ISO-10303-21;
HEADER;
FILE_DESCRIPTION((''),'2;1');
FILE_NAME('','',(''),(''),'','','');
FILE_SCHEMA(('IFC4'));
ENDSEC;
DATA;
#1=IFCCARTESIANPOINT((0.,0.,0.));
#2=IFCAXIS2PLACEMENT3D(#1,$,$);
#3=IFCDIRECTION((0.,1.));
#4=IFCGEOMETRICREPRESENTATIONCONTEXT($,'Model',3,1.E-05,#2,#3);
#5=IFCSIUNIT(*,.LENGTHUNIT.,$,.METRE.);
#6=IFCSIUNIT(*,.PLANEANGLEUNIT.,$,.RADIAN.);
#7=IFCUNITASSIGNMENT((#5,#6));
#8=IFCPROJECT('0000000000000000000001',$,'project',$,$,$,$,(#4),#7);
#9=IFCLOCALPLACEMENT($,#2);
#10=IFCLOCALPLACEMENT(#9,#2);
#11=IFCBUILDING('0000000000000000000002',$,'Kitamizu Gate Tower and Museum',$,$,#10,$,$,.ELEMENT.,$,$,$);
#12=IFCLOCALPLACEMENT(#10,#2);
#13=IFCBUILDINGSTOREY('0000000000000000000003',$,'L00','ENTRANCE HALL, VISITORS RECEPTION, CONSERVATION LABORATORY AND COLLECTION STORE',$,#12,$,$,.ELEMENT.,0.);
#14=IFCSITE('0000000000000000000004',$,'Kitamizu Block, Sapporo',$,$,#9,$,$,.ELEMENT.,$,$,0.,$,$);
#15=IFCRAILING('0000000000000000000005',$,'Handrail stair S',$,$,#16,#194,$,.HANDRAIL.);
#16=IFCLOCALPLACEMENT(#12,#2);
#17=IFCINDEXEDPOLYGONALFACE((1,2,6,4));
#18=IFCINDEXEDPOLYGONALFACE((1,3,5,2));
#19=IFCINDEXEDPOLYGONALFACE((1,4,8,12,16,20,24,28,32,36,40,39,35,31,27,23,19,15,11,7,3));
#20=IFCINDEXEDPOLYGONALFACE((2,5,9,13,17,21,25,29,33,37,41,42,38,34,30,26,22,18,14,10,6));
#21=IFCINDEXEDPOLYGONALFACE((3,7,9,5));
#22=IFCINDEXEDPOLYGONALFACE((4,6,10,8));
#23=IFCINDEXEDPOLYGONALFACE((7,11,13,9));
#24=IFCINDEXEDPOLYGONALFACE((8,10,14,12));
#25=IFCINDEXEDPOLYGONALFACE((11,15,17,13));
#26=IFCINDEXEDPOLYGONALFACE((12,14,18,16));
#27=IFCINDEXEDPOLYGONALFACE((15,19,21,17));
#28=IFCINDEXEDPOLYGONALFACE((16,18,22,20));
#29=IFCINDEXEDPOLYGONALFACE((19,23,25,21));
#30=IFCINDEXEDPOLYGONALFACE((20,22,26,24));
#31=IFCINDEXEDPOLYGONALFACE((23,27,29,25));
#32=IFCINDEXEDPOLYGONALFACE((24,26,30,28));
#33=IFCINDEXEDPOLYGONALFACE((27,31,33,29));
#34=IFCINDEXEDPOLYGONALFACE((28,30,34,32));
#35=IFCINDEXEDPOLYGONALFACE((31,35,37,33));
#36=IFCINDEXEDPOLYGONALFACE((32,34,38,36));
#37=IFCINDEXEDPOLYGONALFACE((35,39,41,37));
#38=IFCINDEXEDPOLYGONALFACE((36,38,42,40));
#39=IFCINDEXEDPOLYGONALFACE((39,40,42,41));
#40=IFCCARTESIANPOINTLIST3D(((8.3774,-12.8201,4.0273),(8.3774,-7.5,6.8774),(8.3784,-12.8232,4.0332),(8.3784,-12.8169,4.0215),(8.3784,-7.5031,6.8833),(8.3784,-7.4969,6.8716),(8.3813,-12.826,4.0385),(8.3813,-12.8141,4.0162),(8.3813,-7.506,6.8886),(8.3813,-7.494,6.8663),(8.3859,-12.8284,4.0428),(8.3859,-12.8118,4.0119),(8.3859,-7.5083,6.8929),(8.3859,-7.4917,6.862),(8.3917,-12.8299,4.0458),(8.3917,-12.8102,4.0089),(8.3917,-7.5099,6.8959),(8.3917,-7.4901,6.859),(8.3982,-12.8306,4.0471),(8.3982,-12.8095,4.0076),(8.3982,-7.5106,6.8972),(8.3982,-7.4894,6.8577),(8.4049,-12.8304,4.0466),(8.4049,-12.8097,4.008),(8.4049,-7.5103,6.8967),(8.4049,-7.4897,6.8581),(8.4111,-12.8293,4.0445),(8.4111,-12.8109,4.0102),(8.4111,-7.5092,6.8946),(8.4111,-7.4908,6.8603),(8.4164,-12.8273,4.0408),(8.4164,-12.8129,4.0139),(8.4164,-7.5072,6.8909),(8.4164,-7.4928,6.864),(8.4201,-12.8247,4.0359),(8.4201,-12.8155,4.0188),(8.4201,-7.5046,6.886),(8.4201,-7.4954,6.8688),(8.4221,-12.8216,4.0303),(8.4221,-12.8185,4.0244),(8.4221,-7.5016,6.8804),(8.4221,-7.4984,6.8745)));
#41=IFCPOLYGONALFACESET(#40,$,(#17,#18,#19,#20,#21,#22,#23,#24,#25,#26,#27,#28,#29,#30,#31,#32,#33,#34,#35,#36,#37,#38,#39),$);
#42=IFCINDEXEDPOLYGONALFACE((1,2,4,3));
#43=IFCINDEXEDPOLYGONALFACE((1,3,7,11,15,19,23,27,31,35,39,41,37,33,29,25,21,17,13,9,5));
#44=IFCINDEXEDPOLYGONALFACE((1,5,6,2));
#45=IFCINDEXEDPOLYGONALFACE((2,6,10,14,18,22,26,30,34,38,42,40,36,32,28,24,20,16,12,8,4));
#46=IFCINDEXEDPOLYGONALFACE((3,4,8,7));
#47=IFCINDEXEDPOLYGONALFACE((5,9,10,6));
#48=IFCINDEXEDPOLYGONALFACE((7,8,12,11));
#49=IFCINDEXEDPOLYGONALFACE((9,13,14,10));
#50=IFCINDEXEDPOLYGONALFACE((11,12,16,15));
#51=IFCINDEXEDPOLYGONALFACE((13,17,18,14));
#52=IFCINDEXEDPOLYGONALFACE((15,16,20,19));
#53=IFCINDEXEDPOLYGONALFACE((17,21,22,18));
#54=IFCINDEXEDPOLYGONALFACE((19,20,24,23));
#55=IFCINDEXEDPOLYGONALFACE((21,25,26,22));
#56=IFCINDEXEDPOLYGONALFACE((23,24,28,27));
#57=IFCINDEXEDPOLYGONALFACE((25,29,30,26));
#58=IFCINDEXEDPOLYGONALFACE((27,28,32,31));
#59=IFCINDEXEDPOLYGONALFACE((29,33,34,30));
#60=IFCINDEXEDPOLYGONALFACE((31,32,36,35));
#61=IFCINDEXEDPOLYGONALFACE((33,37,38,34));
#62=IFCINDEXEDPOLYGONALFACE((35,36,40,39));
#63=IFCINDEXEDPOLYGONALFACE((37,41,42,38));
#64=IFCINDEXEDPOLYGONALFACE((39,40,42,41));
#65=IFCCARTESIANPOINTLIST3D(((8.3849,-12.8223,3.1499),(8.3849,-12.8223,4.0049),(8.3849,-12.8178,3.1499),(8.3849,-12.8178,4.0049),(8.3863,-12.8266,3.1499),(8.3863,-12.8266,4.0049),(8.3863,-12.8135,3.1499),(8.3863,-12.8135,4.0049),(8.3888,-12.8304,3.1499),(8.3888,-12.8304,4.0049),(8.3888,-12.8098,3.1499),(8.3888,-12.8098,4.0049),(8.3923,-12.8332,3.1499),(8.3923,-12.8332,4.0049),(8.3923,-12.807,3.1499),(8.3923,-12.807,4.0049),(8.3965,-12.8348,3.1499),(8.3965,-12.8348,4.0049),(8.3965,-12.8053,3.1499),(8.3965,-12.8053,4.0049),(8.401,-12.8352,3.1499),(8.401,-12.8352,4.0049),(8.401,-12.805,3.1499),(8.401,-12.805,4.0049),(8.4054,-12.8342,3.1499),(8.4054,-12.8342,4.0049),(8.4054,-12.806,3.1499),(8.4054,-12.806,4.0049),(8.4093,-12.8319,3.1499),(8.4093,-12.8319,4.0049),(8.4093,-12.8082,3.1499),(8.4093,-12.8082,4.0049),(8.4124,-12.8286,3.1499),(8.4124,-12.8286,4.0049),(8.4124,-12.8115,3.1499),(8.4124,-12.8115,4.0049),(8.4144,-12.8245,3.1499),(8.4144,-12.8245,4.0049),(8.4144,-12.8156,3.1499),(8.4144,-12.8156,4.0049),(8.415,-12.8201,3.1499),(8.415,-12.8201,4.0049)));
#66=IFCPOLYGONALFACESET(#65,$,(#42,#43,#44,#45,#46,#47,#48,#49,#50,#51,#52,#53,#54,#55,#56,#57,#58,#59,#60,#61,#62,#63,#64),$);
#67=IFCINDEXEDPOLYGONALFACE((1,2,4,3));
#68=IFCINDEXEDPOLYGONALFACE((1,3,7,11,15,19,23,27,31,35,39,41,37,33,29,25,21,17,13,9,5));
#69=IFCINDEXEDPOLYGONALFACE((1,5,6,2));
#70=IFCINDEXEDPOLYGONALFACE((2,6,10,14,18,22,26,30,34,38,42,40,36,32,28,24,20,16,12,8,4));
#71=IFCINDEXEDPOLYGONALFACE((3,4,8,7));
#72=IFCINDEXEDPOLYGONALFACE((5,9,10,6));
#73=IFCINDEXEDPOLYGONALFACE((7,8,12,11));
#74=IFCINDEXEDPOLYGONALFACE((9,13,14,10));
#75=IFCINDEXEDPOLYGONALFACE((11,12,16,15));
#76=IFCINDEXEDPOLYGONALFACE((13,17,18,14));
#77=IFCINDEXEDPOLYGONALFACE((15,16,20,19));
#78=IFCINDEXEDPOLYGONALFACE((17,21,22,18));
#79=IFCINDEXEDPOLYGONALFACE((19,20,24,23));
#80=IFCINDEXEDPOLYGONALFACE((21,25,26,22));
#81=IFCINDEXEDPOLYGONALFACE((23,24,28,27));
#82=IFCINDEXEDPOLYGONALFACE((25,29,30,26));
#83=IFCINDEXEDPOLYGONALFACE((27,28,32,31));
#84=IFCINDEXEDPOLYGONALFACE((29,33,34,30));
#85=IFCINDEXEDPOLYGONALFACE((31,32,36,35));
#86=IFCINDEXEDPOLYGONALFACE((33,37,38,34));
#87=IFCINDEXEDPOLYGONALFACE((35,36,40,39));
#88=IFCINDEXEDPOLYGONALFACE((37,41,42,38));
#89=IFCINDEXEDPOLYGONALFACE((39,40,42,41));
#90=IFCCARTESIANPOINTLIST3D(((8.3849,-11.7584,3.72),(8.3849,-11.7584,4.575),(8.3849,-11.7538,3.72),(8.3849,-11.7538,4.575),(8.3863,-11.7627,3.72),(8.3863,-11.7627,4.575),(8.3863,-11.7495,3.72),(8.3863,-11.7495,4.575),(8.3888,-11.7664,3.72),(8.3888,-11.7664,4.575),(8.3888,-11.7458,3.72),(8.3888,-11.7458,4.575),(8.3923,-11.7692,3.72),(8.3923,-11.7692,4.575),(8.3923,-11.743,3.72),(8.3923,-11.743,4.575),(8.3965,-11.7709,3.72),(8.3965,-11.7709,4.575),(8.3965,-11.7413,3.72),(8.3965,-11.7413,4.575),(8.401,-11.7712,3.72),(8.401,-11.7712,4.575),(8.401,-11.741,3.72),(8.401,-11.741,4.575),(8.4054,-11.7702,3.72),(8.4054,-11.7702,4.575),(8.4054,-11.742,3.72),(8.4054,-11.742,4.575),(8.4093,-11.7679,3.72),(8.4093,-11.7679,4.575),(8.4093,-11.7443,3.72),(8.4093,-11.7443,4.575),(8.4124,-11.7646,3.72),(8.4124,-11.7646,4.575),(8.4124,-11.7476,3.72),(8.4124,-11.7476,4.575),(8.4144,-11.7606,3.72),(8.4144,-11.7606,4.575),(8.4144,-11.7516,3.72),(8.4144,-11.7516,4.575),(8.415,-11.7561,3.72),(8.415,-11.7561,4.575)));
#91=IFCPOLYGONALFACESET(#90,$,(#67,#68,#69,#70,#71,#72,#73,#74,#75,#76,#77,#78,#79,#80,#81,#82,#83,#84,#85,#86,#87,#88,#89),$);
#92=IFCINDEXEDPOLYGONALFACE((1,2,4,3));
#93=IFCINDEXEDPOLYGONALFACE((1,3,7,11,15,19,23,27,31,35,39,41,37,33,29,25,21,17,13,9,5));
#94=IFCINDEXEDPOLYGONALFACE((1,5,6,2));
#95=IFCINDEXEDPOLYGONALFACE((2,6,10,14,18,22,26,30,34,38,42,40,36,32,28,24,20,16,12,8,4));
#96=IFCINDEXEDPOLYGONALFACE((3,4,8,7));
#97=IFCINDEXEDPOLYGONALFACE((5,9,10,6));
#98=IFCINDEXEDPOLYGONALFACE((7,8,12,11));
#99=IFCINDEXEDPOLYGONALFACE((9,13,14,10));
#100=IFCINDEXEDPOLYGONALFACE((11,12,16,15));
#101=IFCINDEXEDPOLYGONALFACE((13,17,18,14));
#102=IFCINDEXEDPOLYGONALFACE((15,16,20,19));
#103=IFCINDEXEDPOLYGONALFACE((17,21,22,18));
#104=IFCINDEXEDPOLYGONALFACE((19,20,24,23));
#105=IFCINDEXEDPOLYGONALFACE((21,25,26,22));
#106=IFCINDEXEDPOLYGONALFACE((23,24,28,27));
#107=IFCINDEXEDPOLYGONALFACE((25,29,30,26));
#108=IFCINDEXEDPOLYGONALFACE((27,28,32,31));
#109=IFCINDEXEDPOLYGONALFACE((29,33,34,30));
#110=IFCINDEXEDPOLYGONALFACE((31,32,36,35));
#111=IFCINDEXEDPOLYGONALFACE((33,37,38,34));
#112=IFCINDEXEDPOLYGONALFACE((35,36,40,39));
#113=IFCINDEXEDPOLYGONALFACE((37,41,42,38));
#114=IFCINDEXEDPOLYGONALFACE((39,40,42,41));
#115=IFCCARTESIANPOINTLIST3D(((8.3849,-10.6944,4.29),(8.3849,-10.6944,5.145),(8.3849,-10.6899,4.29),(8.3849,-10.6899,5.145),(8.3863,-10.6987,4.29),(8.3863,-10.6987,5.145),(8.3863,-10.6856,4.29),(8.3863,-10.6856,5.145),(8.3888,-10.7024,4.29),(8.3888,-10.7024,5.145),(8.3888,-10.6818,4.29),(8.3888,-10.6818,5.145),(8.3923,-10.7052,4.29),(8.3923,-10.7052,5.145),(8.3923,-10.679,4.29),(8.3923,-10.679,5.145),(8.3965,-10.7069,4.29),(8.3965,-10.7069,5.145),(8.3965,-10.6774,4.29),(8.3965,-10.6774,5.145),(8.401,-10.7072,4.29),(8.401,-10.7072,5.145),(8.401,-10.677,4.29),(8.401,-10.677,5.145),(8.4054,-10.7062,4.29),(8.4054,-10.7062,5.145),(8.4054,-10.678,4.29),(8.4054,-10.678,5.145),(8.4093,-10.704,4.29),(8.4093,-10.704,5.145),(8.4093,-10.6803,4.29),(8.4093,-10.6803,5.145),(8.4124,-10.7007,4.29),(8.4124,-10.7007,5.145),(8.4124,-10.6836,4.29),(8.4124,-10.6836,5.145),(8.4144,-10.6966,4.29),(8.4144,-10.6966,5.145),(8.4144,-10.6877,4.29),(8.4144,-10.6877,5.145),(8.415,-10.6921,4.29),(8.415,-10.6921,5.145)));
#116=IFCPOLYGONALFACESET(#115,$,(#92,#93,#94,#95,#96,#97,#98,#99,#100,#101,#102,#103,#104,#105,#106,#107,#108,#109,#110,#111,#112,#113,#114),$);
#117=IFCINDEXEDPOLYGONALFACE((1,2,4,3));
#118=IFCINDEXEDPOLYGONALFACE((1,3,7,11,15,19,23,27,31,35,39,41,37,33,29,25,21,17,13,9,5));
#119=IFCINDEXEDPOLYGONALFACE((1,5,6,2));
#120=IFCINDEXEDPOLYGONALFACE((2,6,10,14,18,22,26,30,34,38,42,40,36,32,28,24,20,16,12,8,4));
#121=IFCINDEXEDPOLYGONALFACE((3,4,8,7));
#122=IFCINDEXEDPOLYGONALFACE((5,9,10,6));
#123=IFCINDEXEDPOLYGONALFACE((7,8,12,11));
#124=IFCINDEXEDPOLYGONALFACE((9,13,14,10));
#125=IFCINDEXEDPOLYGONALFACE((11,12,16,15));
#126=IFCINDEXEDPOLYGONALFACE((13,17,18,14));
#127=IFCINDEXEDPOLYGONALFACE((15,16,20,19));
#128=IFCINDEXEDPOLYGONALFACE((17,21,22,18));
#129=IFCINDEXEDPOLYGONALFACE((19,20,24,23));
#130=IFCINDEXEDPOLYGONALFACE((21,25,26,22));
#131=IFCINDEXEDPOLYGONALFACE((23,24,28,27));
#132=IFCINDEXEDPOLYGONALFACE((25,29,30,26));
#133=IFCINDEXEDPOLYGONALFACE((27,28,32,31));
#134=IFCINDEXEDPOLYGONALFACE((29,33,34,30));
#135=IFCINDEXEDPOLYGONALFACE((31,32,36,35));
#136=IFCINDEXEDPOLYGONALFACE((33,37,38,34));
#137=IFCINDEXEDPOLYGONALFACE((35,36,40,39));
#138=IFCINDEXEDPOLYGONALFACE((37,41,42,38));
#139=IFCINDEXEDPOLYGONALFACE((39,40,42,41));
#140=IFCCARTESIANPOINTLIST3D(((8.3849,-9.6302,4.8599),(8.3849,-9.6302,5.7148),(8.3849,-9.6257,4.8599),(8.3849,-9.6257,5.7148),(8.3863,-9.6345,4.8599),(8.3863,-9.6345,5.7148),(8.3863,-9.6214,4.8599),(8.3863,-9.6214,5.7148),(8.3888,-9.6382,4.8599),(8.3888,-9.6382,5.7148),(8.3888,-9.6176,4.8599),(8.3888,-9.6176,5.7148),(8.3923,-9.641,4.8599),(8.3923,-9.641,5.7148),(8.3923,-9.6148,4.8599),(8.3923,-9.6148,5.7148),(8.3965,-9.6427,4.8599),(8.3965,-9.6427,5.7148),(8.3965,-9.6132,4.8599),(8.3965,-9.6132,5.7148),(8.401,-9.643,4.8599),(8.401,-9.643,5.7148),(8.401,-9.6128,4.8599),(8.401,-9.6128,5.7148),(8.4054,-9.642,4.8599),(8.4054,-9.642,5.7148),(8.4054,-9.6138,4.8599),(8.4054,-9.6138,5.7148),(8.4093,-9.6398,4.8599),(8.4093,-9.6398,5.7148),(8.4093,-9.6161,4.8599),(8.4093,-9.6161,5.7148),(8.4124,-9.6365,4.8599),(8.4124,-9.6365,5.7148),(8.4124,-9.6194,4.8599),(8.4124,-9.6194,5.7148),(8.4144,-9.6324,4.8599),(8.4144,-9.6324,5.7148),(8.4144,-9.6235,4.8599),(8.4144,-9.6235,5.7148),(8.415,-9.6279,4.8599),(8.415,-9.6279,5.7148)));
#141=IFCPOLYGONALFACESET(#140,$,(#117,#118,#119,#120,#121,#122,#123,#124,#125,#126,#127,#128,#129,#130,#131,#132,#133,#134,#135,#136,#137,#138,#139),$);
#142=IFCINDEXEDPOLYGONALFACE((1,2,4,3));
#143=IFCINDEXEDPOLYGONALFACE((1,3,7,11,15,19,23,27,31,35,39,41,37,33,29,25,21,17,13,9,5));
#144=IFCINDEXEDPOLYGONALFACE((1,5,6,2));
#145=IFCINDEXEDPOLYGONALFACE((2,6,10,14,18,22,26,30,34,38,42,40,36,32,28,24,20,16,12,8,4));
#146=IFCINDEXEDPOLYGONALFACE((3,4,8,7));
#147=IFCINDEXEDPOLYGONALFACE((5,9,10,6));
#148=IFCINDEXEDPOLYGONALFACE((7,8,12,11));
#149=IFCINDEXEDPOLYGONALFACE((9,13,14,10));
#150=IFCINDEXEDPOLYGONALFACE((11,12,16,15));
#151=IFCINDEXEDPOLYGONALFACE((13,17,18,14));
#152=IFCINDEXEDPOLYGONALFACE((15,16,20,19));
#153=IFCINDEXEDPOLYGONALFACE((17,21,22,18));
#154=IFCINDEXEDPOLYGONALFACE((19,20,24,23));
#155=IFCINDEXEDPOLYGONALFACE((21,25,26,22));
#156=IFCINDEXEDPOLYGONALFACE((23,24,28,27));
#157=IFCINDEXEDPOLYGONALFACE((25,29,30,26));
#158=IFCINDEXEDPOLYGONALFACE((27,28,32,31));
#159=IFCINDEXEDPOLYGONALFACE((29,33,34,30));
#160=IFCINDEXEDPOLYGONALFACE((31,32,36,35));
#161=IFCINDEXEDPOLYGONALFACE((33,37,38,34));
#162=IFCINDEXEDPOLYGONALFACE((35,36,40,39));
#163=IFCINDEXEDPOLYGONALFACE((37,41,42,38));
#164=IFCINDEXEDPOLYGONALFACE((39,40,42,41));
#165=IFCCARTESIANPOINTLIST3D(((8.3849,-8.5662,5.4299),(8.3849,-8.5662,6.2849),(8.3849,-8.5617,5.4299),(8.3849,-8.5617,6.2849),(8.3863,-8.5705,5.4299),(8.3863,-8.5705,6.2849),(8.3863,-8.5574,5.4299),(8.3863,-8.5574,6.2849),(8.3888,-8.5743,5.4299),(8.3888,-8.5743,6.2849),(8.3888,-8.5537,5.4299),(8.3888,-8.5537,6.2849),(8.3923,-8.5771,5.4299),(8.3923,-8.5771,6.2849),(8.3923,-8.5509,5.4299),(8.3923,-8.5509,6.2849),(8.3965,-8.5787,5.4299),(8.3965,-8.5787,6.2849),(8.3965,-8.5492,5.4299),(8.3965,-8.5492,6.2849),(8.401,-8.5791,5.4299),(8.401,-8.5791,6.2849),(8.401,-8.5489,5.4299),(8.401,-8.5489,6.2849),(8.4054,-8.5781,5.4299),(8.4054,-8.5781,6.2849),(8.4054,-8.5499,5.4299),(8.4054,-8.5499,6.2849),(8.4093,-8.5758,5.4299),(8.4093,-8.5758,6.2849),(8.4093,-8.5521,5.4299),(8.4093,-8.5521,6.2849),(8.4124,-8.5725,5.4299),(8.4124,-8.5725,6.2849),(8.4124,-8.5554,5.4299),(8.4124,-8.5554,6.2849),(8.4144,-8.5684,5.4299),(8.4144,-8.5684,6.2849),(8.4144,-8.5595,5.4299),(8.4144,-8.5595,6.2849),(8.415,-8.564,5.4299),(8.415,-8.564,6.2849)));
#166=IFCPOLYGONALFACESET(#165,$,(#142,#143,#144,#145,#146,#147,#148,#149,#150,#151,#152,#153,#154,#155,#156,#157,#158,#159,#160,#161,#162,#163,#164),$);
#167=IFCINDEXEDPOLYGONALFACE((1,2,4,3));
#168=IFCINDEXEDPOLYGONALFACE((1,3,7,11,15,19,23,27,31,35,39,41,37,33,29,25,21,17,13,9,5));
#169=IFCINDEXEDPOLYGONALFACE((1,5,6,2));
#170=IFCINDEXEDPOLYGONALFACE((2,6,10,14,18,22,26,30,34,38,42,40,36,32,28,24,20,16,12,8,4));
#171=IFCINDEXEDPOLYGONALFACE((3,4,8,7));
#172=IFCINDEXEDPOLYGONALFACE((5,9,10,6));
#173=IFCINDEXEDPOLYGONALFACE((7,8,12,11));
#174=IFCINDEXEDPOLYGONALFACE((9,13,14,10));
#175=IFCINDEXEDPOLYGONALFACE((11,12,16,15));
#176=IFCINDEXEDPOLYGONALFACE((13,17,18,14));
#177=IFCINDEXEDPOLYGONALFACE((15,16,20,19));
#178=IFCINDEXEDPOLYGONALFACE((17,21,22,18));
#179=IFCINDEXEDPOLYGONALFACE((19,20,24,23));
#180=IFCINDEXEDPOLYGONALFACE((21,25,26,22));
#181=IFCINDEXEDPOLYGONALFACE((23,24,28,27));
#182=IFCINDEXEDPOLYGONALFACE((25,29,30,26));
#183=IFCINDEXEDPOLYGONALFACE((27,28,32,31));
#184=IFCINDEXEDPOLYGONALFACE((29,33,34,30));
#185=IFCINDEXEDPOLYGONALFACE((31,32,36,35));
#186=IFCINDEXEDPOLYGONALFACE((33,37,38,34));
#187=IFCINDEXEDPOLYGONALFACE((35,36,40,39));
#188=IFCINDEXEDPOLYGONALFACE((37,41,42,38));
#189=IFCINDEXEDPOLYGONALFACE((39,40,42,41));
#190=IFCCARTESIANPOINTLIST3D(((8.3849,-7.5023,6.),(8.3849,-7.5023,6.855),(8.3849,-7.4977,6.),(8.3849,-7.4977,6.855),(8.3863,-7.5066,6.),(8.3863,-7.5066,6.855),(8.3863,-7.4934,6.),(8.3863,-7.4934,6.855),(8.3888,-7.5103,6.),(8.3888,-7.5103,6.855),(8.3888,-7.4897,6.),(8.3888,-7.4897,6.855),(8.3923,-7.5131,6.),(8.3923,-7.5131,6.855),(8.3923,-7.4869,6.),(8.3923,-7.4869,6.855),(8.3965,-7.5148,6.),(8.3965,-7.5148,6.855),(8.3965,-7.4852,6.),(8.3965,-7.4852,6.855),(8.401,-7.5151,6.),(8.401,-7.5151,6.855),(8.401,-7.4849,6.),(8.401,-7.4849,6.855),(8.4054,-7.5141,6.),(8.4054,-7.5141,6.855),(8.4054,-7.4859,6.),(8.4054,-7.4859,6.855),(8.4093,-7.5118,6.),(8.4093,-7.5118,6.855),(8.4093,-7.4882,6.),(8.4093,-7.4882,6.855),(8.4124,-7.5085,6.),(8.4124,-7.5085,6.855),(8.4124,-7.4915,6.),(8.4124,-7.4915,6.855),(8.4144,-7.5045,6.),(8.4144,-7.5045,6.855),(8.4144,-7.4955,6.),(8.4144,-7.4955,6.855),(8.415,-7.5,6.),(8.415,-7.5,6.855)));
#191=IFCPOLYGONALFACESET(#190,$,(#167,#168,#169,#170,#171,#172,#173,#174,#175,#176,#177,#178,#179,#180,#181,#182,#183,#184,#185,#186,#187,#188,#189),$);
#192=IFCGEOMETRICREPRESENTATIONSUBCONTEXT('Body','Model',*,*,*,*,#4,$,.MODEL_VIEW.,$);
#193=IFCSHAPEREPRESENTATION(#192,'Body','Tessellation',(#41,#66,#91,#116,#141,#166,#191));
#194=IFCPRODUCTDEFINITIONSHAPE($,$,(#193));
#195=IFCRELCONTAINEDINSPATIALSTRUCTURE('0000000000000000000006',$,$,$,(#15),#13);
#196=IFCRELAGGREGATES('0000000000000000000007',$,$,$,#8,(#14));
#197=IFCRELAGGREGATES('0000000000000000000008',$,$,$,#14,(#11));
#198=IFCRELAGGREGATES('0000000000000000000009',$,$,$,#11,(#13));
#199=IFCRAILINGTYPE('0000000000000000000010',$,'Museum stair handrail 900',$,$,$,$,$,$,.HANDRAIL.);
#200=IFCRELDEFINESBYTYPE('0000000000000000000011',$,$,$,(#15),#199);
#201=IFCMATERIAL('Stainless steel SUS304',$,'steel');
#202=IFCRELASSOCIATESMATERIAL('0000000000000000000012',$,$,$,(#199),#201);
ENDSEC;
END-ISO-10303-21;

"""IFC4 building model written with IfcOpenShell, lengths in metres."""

from ifc_helpers import new_model, si_unit, direction, frame, origin, origin_2d, place, context, subcontext, project, spatial, circle, extrude, material, type_object, element, save


model = new_model("IFC4")

# Units and contexts
model_context = context("Model", 3, precision=1e-05, world=origin(), true_north=direction((0.0, 1.0)))
body_context = subcontext(model_context, "Body", "Model", "MODEL_VIEW")
ifc_project = project(units=[si_unit("LENGTHUNIT", "METRE"), si_unit("PLANEANGLEUNIT", "RADIAN")], contexts=[model_context])

# Site, building, storey
site_placement = place(None, origin())
site = spatial("IfcSite", under=ifc_project, at=site_placement, Name="Kitamizu Block, Sapporo", CompositionType="ELEMENT", RefElevation=0.0)
building_placement = place(site_placement, origin())
building = spatial("IfcBuilding", under=site, at=building_placement, Name="Kitamizu Gate Tower and Museum", CompositionType="ELEMENT")
storey_placement = place(building_placement, origin())
storey = spatial("IfcBuildingStorey", under=building, at=storey_placement, Name="L00", Description="ENTRANCE HALL, VISITORS RECEPTION, CONSERVATION LABORATORY AND COLLECTION STORE", CompositionType="ELEMENT", Elevation=0.0)

# Railing
ifc_material_1 = material(Name="Stainless steel SUS304", Category="steel")
railing_type = type_object("IfcRailingType", Name="Museum stair handrail 900", PredefinedType="HANDRAIL", material=ifc_material_1)
railing_placement = place(storey_placement, frame((8.3999, -12.8201, 3.1499)))
element("IfcRailing", 1, at=railing_placement, inside=storey, type_object=railing_type, Name="Handrail stair S", PredefinedType="HANDRAIL", context=body_context, shape_type="SweptSolid", body=[
    extrude(circle(Radius=0.0225, at=origin_2d()), frame((0.0, 0.0, 0.8774), z_axis=(0.0, 0.881476, 0.472229), x_axis=(-1.0, 0.0, 0.0)), (0.0, 0.0, 1.0), 6.0354),
    extrude(circle(Radius=0.0151, at=origin_2d()), origin(), (0.0, 0.0, 1.0), 0.855),
    extrude(circle(Radius=0.0151, at=origin_2d()), frame((0.0, 1.064, 0.5701)), (0.0, 0.0, 1.0), 0.855),
    extrude(circle(Radius=0.0151, at=origin_2d()), frame((0.0, 2.1279, 1.1401)), (0.0, 0.0, 1.0), 0.855),
    extrude(circle(Radius=0.0151, at=origin_2d()), frame((0.0, 3.1921, 1.71)), (0.0, 0.0, 1.0), 0.855),
    extrude(circle(Radius=0.0151, at=origin_2d()), frame((0.0, 4.2561, 2.28)), (0.0, 0.0, 1.0), 0.855),
    extrude(circle(Radius=0.0151, at=origin_2d()), frame((0.0, 5.3201, 2.8501)), (0.0, 0.0, 1.0), 0.855),
])

save(model, "model.ifc")
